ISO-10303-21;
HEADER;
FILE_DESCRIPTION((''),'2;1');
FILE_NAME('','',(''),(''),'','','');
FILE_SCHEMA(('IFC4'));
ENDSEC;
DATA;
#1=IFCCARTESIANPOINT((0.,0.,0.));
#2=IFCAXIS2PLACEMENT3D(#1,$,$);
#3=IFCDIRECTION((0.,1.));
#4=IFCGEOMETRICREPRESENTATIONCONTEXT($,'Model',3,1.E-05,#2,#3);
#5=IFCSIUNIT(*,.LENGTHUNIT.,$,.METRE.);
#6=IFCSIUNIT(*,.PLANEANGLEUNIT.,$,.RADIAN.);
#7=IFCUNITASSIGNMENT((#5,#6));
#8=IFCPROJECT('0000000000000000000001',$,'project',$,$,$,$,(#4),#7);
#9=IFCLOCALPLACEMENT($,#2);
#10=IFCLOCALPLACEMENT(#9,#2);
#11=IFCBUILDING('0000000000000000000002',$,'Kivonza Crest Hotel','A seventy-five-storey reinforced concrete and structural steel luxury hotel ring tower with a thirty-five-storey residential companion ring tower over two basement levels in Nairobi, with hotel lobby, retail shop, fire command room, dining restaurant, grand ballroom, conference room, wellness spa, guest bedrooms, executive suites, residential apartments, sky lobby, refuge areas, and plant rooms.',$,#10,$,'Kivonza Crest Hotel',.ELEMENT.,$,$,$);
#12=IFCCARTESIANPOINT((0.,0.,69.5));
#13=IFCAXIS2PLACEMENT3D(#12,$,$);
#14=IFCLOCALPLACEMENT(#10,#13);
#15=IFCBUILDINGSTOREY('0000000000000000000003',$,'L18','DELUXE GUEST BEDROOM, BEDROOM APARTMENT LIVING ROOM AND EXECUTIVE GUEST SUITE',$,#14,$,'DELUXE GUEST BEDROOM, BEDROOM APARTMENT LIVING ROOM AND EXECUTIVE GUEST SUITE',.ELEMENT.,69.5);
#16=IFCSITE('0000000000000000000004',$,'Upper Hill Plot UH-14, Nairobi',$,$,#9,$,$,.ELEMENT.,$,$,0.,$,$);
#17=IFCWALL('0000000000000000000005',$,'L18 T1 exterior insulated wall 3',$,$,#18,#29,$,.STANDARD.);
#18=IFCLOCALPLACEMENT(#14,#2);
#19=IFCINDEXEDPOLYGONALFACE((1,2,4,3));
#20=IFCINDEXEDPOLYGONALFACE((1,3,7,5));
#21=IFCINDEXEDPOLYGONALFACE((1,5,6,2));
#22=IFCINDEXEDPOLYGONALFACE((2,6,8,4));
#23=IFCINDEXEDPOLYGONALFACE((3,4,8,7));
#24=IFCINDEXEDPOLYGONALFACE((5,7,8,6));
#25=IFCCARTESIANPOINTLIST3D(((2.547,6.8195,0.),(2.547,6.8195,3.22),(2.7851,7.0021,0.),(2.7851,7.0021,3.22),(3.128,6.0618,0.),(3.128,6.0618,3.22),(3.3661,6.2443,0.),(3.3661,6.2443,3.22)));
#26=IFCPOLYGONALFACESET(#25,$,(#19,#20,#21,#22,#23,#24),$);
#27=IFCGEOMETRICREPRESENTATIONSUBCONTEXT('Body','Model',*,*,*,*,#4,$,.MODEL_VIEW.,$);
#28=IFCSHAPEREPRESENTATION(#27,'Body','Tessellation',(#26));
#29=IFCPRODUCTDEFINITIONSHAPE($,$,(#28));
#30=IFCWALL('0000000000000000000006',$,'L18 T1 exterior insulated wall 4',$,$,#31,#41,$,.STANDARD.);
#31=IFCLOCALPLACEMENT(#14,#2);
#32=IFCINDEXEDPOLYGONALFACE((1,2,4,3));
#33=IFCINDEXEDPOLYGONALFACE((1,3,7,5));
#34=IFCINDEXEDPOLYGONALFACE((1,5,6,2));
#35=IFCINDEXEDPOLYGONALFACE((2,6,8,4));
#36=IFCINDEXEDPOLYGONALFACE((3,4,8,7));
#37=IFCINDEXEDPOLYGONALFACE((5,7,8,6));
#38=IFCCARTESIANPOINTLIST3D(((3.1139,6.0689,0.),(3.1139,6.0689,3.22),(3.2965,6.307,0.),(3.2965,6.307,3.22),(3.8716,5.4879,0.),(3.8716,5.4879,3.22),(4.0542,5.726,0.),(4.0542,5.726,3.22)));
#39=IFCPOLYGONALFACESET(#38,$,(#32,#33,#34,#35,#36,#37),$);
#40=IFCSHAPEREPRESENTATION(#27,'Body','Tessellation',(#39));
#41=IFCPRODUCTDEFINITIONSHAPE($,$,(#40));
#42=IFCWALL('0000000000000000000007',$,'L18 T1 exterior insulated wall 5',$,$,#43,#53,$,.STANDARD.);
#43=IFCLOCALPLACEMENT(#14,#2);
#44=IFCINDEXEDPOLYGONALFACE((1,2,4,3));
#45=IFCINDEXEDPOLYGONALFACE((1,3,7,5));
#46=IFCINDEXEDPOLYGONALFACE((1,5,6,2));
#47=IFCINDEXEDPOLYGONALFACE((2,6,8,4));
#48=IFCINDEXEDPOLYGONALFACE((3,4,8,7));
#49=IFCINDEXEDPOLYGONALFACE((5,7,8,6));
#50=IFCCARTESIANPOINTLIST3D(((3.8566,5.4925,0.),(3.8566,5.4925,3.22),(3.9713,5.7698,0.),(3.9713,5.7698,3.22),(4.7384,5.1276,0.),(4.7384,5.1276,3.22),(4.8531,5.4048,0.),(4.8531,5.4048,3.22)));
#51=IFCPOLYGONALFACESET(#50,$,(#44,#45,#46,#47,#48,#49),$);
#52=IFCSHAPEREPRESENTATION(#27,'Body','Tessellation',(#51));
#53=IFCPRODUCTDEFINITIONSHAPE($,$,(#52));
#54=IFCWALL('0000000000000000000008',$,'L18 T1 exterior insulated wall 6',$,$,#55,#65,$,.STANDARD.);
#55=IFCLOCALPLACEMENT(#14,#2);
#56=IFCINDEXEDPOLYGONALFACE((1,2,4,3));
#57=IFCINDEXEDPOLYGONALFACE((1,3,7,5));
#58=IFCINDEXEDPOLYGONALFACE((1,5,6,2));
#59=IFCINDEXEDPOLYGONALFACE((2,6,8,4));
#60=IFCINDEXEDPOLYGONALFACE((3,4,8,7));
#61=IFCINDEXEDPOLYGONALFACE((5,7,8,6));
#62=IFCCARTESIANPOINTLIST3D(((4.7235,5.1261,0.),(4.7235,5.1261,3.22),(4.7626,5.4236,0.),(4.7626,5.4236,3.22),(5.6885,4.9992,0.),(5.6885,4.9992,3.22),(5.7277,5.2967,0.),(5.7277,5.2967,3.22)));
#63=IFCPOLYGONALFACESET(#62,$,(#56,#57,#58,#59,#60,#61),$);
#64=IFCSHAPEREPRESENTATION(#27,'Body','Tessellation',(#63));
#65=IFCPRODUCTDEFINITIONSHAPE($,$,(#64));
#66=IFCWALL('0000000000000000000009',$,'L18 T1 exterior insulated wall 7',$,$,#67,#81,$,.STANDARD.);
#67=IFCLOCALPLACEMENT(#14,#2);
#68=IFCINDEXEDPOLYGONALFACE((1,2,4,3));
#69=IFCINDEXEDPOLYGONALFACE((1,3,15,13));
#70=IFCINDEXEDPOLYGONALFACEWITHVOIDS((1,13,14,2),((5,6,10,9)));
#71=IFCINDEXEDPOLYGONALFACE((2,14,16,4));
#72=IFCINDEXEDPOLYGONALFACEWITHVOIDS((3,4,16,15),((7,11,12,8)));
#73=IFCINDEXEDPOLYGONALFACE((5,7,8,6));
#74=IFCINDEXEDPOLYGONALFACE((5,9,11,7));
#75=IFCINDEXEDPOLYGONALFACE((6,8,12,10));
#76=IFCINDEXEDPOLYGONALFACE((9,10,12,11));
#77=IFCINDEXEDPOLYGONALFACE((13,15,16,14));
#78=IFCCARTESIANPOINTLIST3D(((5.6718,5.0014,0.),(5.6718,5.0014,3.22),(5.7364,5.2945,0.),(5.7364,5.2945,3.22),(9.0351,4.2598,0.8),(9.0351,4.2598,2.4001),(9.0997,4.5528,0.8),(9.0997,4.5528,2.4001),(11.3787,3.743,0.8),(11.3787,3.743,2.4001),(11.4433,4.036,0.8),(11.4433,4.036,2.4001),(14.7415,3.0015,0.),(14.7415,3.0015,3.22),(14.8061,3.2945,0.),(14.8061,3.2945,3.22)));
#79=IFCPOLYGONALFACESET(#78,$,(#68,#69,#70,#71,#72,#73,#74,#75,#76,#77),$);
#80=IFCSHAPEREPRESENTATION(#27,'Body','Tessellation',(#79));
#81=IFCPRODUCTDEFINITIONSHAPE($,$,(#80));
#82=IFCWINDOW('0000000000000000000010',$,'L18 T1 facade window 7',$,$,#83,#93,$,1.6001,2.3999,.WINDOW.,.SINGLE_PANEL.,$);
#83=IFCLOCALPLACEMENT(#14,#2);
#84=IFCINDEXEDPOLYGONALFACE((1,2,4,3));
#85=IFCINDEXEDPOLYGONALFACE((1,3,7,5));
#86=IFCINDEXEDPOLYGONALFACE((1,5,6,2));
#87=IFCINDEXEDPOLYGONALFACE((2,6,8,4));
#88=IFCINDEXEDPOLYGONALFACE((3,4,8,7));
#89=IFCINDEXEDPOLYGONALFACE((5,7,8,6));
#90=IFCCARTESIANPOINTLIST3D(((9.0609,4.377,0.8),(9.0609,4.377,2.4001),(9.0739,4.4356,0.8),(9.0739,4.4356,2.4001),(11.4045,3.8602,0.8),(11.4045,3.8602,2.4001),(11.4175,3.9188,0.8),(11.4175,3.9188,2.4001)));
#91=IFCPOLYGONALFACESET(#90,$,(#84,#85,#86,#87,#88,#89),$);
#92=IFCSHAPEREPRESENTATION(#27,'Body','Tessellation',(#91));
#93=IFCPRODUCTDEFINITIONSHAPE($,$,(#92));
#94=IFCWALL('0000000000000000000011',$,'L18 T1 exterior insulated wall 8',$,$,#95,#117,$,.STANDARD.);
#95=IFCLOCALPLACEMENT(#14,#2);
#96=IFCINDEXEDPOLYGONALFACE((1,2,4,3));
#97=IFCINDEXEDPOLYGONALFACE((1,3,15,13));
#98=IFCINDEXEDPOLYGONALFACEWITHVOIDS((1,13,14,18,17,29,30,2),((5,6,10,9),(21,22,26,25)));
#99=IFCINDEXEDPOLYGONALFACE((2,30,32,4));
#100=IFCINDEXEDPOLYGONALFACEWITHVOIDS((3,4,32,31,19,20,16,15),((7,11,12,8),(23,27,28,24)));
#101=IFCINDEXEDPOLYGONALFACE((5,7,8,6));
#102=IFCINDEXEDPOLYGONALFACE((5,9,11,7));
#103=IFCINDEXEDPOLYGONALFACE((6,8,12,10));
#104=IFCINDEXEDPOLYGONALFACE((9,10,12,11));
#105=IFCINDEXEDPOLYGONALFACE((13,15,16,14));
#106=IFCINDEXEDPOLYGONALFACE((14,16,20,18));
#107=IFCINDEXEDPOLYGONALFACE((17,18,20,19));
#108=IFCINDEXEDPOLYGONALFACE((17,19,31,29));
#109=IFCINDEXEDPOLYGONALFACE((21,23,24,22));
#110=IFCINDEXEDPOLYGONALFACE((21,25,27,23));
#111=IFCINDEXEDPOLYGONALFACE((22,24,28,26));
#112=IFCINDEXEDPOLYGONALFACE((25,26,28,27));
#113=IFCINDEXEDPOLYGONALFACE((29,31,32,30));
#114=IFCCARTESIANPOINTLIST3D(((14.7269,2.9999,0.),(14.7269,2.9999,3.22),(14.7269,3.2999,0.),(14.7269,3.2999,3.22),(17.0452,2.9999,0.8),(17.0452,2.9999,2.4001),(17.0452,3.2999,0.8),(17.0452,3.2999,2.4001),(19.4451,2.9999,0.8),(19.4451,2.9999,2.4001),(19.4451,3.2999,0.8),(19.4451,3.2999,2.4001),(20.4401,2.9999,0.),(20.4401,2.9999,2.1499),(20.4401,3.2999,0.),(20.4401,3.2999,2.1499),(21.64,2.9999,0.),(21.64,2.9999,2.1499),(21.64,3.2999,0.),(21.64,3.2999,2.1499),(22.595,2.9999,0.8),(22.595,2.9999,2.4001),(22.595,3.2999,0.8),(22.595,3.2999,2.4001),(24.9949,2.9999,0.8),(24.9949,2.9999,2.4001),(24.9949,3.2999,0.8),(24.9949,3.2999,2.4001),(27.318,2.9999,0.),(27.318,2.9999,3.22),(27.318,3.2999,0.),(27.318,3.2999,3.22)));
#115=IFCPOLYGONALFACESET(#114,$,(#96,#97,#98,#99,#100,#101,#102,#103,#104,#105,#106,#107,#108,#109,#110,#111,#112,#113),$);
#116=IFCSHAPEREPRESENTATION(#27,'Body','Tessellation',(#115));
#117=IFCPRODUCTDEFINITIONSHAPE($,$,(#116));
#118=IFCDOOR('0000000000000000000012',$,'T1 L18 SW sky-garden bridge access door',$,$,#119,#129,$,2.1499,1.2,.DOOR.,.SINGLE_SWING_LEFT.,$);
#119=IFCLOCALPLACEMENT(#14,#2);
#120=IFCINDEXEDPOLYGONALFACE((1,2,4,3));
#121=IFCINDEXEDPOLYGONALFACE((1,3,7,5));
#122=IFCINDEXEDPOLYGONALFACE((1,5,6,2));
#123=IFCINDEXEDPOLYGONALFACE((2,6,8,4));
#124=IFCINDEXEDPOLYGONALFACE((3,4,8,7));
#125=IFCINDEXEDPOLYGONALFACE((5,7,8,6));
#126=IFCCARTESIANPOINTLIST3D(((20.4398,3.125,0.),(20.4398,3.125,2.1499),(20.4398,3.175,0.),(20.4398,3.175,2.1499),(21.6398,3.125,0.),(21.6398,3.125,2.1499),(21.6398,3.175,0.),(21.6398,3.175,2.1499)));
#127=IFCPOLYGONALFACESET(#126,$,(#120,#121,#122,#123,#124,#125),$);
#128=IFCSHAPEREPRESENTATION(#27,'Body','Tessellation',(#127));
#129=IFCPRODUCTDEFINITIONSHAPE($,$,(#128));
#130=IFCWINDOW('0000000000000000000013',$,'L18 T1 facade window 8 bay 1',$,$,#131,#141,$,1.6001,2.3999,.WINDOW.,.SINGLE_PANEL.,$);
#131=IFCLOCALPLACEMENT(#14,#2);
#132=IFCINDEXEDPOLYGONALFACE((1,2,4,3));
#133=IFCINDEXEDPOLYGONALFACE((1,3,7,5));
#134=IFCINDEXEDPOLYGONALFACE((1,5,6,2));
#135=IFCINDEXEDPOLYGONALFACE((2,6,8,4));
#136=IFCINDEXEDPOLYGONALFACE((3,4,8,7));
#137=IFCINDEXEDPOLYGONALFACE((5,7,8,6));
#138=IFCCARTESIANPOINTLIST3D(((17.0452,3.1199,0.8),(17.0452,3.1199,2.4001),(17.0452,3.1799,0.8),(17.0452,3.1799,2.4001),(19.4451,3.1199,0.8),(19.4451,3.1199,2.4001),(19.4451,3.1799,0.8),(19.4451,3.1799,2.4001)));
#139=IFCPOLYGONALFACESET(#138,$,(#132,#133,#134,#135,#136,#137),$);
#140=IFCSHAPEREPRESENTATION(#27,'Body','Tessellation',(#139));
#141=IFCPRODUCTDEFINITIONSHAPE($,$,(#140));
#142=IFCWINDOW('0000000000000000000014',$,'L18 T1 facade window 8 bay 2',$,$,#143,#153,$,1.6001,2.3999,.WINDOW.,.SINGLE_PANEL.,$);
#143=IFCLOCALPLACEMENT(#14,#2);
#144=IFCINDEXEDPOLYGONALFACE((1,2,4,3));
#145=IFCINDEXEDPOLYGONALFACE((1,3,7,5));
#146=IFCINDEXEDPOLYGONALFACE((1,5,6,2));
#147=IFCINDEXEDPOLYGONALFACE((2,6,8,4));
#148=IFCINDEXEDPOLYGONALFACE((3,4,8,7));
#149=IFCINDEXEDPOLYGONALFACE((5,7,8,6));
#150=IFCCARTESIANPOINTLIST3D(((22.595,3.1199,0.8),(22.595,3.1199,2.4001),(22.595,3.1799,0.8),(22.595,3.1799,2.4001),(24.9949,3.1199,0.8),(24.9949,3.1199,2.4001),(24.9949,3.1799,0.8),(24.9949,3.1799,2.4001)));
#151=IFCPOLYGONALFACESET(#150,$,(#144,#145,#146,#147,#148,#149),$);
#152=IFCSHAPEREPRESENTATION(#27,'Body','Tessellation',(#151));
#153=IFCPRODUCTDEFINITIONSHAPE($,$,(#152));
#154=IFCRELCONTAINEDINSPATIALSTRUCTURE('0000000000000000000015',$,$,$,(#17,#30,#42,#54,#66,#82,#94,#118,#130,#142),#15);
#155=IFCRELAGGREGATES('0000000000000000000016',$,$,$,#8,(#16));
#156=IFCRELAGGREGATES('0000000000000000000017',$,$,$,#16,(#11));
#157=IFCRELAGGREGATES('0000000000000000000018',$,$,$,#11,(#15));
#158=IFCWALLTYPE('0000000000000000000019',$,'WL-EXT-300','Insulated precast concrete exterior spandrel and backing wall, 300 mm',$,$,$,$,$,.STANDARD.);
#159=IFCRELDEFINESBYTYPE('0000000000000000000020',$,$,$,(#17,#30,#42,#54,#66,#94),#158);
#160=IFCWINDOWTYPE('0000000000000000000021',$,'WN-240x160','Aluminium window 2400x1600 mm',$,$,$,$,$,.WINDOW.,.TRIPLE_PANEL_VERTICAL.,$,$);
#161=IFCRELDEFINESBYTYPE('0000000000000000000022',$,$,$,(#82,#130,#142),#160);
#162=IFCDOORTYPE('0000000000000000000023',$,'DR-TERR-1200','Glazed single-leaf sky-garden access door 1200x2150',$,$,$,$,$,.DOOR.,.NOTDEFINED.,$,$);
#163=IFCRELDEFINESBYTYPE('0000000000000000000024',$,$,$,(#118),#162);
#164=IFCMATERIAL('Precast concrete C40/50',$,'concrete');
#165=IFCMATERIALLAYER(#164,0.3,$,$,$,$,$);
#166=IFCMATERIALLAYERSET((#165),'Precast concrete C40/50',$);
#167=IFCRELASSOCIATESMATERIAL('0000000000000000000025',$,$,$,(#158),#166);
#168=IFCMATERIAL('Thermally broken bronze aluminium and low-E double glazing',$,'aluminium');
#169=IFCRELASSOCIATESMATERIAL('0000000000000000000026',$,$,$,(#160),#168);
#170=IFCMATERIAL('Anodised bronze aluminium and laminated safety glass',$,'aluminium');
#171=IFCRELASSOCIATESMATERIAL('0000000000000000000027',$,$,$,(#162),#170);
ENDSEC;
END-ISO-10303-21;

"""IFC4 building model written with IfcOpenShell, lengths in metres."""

from ifc_helpers import new_model, si_unit, direction, frame, frame_2d, origin, place, context, subcontext, project, spatial, rectangle, extrude, material, layer, layer_set, type_object, element, fill, save


model = new_model("IFC4")

# Units and contexts
model_context = context("Model", 3, precision=1e-05, world=origin(), true_north=direction((0.0, 1.0)))
body_context = subcontext(model_context, "Body", "Model", "MODEL_VIEW")
ifc_project = project(units=[si_unit("LENGTHUNIT", "METRE"), si_unit("PLANEANGLEUNIT", "RADIAN")], contexts=[model_context])

# Site, building, storey
site_placement = place(None, origin())
site = spatial("IfcSite", under=ifc_project, at=site_placement, Name="Upper Hill Plot UH-14, Nairobi", CompositionType="ELEMENT", RefElevation=0.0)
building_placement = place(site_placement, origin())
building = spatial("IfcBuilding", under=site, at=building_placement, Name="Kivonza Crest Hotel", Description="A seventy-five-storey reinforced concrete and structural steel luxury hotel ring tower with a thirty-five-storey residential companion ring tower over two basement levels in Nairobi, with hotel lobby, retail shop, fire command room, dining restaurant, grand ballroom, conference room, wellness spa, guest bedrooms, executive suites, residential apartments, sky lobby, refuge areas, and plant rooms.", LongName="Kivonza Crest Hotel", CompositionType="ELEMENT")
storey_placement = place(building_placement, frame((0.0, 0.0, 69.5)))
storey = spatial("IfcBuildingStorey", under=building, at=storey_placement, Name="L18", Description="DELUXE GUEST BEDROOM, BEDROOM APARTMENT LIVING ROOM AND EXECUTIVE GUEST SUITE", LongName="DELUXE GUEST BEDROOM, BEDROOM APARTMENT LIVING ROOM AND EXECUTIVE GUEST SUITE", CompositionType="ELEMENT", Elevation=69.5)

# Walls
ifc_material_1 = material(Name="Precast concrete C40/50", Category="concrete")
ifc_layer_1 = layer(ifc_material_1, 0.3)
ifc_layer_set_1 = layer_set([ifc_layer_1], Name="Precast concrete C40/50")
wall_type_1 = type_object("IfcWallType", Name="WL-EXT-300", Description="Insulated precast concrete exterior spandrel and backing wall, 300 mm", PredefinedType="STANDARD", material=ifc_layer_set_1)
for number, where, z_axis, x_axis, name in (
    (1, (2.666, 6.9109, 0.0), (0.0, 0.0, 1.0), (0.608474, -0.793573, 0.0), "L18 T1 exterior insulated wall 3"),
    (2, (3.2051, 6.188, 0.0), (0.0, 0.0, 1.0), (0.793573, -0.608474, 0.0), "L18 T1 exterior insulated wall 4"),
):
    element("IfcWall", number, at=place(storey_placement, frame(where, z_axis=z_axis, x_axis=x_axis)), inside=storey, type_object=wall_type_1, Name=name, PredefinedType="STANDARD", context=body_context, shape_type="SweptSolid", body=[
        extrude(rectangle(XDim=0.9548, YDim=0.3, at=frame_2d((0.4775, 0.0))), origin(), (0.0, 0.0, 1.0), 3.22),
    ])
wall_1_placement = place(storey_placement, frame((3.9141, 5.6311, 0.0), z_axis=(0.0, 0.0, 1.0), x_axis=(0.923983, -0.382435, 0.0)))
element("IfcWall", 3, at=wall_1_placement, inside=storey, type_object=wall_type_1, Name="L18 T1 exterior insulated wall 5", PredefinedType="STANDARD", context=body_context, shape_type="SweptSolid", body=[
    extrude(rectangle(XDim=0.9543, YDim=0.3, at=frame_2d((0.4771, 0.0))), origin(), (0.0, 0.0, 1.0), 3.22),
])
wall_2_placement = place(storey_placement, frame((4.7429, 5.2749, 0.0), z_axis=(0.0, 0.0, 1.0), x_axis=(0.991459, -0.130422, 0.0)))
element("IfcWall", 4, at=wall_2_placement, inside=storey, type_object=wall_type_1, Name="L18 T1 exterior insulated wall 6", PredefinedType="STANDARD", context=body_context, shape_type="SweptSolid", body=[
    extrude(rectangle(XDim=0.9734, YDim=0.3, at=frame_2d((0.4868, 0.0))), origin(), (0.0, 0.0, 1.0), 3.22),
])

# Wall, opening, window
wall_3_placement = place(storey_placement, frame((5.7041, 5.1479, 0.0), z_axis=(0.0, 0.0, 1.0), x_axis=(0.97654, -0.215338, 0.0)))
wall_3 = element("IfcWall", 5, at=wall_3_placement, inside=storey, type_object=wall_type_1, Name="L18 T1 exterior insulated wall 7", PredefinedType="STANDARD", context=body_context, shape_type="SweptSolid", body=[
    extrude(rectangle(XDim=9.2876, YDim=0.3, at=frame_2d((4.6438, 0.0))), origin(), (0.0, 0.0, 1.0), 3.22),
])
opening_1_placement = place(wall_3_placement, frame((3.4441, 0.0, 0.8)))
opening_1 = element("IfcOpeningElement", 6, at=opening_1_placement, cuts=wall_3, PredefinedType="OPENING", context=body_context, shape_type="SweptSolid", body=[
    extrude(rectangle(XDim=2.3999, YDim=1.6001, at=frame_2d((1.2, 0.8))), frame((0.0, 0.1602, 0.0), z_axis=(0.0, -1.0, 0.0), x_axis=(1.0, 0.0, 0.0)), (0.0, 0.0, 1.0), 0.3201),
])
ifc_material_2 = material(Name="Thermally broken bronze aluminium and low-E double glazing", Category="aluminium")
window_type = type_object("IfcWindowType", Name="WN-240x160", Description="Aluminium window 2400x1600 mm", PartitioningType="TRIPLE_PANEL_VERTICAL", PredefinedType="WINDOW", material=ifc_material_2)
window_1_placement = place(opening_1_placement, origin())
window_1 = element("IfcWindow", 7, at=window_1_placement, inside=storey, type_object=window_type, Name="L18 T1 facade window 7", OverallHeight=1.6001, OverallWidth=2.3999, PartitioningType="SINGLE_PANEL", PredefinedType="WINDOW", context=body_context, shape_type="SweptSolid", body=[
    extrude(rectangle(XDim=2.3999, YDim=1.6001, at=frame_2d((1.2, 0.8))), frame((0.0, 0.03, 0.0), z_axis=(0.0, -1.0, 0.0), x_axis=(1.0, 0.0, 0.0)), (0.0, 0.0, 1.0), 0.0601),
])
fill(opening_1, window_1)

# Wall, openings, door, windows
wall_4_placement = place(storey_placement, frame((14.7271, 3.1499, 0.0), z_axis=(0.0, 0.0, 1.0), x_axis=(1.0, 0.0, 0.0)))
wall_4 = element("IfcWall", 8, at=wall_4_placement, inside=storey, type_object=wall_type_1, Name="L18 T1 exterior insulated wall 8", PredefinedType="STANDARD", context=body_context, shape_type="SweptSolid", body=[
    extrude(rectangle(XDim=12.5911, YDim=0.3, at=frame_2d((6.2954, 0.0))), origin(), (0.0, 0.0, 1.0), 3.22),
])
opening_2_placement = place(wall_4_placement, frame((5.7129, 0.0, 0.0)))
opening_2 = element("IfcOpeningElement", 9, at=opening_2_placement, cuts=wall_4, PredefinedType="OPENING", context=body_context, shape_type="SweptSolid", body=[
    extrude(rectangle(XDim=1.2, YDim=2.1499, at=frame_2d((0.6001, 1.075))), frame((0.0, 0.1602, 0.0), z_axis=(0.0, -1.0, 0.0), x_axis=(1.0, 0.0, 0.0)), (0.0, 0.0, 1.0), 0.3201),
])
opening_3_placement = place(wall_4_placement, frame((2.3181, 0.0, 0.8)))
opening_3 = element("IfcOpeningElement", 10, at=opening_3_placement, cuts=wall_4, PredefinedType="OPENING", context=body_context, shape_type="SweptSolid", body=[
    extrude(rectangle(XDim=2.3999, YDim=1.6001, at=frame_2d((1.2, 0.8))), frame((0.0, 0.1602, 0.0), z_axis=(0.0, -1.0, 0.0), x_axis=(1.0, 0.0, 0.0)), (0.0, 0.0, 1.0), 0.3201),
])
opening_4_placement = place(wall_4_placement, frame((7.8679, 0.0, 0.8)))
opening_4 = element("IfcOpeningElement", 11, at=opening_4_placement, cuts=wall_4, PredefinedType="OPENING", context=body_context, shape_type="SweptSolid", body=[
    extrude(rectangle(XDim=2.3999, YDim=1.6001, at=frame_2d((1.2, 0.8))), frame((0.0, 0.1602, 0.0), z_axis=(0.0, -1.0, 0.0), x_axis=(1.0, 0.0, 0.0)), (0.0, 0.0, 1.0), 0.3201),
])
ifc_material_3 = material(Name="Anodised bronze aluminium and laminated safety glass", Category="aluminium")
door_type_1 = type_object("IfcDoorType", Name="DR-TERR-1200", Description="Glazed single-leaf sky-garden access door 1200x2150", OperationType="NOTDEFINED", PredefinedType="DOOR", material=ifc_material_3)
door_1_placement = place(opening_2_placement, frame((1.2, 0.0, 0.0), z_axis=(0.0, 0.0, 1.0), x_axis=(-1.0, 0.0, 0.0)))
door_1 = element("IfcDoor", 12, at=door_1_placement, inside=storey, type_object=door_type_1, Name="T1 L18 SW sky-garden bridge access door", OperationType="SINGLE_SWING_LEFT", OverallHeight=2.1499, OverallWidth=1.2, PredefinedType="DOOR", context=body_context, shape_type="SweptSolid", body=[
    extrude(rectangle(XDim=1.2, YDim=2.1499, at=frame_2d((0.6001, 1.075))), frame((0.0, 0.0249, 0.0), z_axis=(0.0, -1.0, 0.0), x_axis=(1.0, 0.0, 0.0)), (0.0, 0.0, 1.0), 0.05),
])
fill(opening_2, door_1)
window_2_placement = place(opening_3_placement, origin())
window_2 = element("IfcWindow", 13, at=window_2_placement, inside=storey, type_object=window_type, Name="L18 T1 facade window 8 bay 1", OverallHeight=1.6001, OverallWidth=2.3999, PartitioningType="SINGLE_PANEL", PredefinedType="WINDOW", context=body_context, shape_type="SweptSolid", body=[
    extrude(rectangle(XDim=2.3999, YDim=1.6001, at=frame_2d((1.2, 0.8))), frame((0.0, 0.03, 0.0), z_axis=(0.0, -1.0, 0.0), x_axis=(1.0, 0.0, 0.0)), (0.0, 0.0, 1.0), 0.0601),
])
fill(opening_3, window_2)
window_3_placement = place(opening_4_placement, origin())
window_3 = element("IfcWindow", 14, at=window_3_placement, inside=storey, type_object=window_type, Name="L18 T1 facade window 8 bay 2", OverallHeight=1.6001, OverallWidth=2.3999, PartitioningType="SINGLE_PANEL", PredefinedType="WINDOW", context=body_context, shape_type="SweptSolid", body=[
    extrude(rectangle(XDim=2.3999, YDim=1.6001, at=frame_2d((1.2, 0.8))), frame((0.0, 0.03, 0.0), z_axis=(0.0, -1.0, 0.0), x_axis=(1.0, 0.0, 0.0)), (0.0, 0.0, 1.0), 0.0601),
])
fill(opening_4, window_3)

save(model, "model.ifc")
